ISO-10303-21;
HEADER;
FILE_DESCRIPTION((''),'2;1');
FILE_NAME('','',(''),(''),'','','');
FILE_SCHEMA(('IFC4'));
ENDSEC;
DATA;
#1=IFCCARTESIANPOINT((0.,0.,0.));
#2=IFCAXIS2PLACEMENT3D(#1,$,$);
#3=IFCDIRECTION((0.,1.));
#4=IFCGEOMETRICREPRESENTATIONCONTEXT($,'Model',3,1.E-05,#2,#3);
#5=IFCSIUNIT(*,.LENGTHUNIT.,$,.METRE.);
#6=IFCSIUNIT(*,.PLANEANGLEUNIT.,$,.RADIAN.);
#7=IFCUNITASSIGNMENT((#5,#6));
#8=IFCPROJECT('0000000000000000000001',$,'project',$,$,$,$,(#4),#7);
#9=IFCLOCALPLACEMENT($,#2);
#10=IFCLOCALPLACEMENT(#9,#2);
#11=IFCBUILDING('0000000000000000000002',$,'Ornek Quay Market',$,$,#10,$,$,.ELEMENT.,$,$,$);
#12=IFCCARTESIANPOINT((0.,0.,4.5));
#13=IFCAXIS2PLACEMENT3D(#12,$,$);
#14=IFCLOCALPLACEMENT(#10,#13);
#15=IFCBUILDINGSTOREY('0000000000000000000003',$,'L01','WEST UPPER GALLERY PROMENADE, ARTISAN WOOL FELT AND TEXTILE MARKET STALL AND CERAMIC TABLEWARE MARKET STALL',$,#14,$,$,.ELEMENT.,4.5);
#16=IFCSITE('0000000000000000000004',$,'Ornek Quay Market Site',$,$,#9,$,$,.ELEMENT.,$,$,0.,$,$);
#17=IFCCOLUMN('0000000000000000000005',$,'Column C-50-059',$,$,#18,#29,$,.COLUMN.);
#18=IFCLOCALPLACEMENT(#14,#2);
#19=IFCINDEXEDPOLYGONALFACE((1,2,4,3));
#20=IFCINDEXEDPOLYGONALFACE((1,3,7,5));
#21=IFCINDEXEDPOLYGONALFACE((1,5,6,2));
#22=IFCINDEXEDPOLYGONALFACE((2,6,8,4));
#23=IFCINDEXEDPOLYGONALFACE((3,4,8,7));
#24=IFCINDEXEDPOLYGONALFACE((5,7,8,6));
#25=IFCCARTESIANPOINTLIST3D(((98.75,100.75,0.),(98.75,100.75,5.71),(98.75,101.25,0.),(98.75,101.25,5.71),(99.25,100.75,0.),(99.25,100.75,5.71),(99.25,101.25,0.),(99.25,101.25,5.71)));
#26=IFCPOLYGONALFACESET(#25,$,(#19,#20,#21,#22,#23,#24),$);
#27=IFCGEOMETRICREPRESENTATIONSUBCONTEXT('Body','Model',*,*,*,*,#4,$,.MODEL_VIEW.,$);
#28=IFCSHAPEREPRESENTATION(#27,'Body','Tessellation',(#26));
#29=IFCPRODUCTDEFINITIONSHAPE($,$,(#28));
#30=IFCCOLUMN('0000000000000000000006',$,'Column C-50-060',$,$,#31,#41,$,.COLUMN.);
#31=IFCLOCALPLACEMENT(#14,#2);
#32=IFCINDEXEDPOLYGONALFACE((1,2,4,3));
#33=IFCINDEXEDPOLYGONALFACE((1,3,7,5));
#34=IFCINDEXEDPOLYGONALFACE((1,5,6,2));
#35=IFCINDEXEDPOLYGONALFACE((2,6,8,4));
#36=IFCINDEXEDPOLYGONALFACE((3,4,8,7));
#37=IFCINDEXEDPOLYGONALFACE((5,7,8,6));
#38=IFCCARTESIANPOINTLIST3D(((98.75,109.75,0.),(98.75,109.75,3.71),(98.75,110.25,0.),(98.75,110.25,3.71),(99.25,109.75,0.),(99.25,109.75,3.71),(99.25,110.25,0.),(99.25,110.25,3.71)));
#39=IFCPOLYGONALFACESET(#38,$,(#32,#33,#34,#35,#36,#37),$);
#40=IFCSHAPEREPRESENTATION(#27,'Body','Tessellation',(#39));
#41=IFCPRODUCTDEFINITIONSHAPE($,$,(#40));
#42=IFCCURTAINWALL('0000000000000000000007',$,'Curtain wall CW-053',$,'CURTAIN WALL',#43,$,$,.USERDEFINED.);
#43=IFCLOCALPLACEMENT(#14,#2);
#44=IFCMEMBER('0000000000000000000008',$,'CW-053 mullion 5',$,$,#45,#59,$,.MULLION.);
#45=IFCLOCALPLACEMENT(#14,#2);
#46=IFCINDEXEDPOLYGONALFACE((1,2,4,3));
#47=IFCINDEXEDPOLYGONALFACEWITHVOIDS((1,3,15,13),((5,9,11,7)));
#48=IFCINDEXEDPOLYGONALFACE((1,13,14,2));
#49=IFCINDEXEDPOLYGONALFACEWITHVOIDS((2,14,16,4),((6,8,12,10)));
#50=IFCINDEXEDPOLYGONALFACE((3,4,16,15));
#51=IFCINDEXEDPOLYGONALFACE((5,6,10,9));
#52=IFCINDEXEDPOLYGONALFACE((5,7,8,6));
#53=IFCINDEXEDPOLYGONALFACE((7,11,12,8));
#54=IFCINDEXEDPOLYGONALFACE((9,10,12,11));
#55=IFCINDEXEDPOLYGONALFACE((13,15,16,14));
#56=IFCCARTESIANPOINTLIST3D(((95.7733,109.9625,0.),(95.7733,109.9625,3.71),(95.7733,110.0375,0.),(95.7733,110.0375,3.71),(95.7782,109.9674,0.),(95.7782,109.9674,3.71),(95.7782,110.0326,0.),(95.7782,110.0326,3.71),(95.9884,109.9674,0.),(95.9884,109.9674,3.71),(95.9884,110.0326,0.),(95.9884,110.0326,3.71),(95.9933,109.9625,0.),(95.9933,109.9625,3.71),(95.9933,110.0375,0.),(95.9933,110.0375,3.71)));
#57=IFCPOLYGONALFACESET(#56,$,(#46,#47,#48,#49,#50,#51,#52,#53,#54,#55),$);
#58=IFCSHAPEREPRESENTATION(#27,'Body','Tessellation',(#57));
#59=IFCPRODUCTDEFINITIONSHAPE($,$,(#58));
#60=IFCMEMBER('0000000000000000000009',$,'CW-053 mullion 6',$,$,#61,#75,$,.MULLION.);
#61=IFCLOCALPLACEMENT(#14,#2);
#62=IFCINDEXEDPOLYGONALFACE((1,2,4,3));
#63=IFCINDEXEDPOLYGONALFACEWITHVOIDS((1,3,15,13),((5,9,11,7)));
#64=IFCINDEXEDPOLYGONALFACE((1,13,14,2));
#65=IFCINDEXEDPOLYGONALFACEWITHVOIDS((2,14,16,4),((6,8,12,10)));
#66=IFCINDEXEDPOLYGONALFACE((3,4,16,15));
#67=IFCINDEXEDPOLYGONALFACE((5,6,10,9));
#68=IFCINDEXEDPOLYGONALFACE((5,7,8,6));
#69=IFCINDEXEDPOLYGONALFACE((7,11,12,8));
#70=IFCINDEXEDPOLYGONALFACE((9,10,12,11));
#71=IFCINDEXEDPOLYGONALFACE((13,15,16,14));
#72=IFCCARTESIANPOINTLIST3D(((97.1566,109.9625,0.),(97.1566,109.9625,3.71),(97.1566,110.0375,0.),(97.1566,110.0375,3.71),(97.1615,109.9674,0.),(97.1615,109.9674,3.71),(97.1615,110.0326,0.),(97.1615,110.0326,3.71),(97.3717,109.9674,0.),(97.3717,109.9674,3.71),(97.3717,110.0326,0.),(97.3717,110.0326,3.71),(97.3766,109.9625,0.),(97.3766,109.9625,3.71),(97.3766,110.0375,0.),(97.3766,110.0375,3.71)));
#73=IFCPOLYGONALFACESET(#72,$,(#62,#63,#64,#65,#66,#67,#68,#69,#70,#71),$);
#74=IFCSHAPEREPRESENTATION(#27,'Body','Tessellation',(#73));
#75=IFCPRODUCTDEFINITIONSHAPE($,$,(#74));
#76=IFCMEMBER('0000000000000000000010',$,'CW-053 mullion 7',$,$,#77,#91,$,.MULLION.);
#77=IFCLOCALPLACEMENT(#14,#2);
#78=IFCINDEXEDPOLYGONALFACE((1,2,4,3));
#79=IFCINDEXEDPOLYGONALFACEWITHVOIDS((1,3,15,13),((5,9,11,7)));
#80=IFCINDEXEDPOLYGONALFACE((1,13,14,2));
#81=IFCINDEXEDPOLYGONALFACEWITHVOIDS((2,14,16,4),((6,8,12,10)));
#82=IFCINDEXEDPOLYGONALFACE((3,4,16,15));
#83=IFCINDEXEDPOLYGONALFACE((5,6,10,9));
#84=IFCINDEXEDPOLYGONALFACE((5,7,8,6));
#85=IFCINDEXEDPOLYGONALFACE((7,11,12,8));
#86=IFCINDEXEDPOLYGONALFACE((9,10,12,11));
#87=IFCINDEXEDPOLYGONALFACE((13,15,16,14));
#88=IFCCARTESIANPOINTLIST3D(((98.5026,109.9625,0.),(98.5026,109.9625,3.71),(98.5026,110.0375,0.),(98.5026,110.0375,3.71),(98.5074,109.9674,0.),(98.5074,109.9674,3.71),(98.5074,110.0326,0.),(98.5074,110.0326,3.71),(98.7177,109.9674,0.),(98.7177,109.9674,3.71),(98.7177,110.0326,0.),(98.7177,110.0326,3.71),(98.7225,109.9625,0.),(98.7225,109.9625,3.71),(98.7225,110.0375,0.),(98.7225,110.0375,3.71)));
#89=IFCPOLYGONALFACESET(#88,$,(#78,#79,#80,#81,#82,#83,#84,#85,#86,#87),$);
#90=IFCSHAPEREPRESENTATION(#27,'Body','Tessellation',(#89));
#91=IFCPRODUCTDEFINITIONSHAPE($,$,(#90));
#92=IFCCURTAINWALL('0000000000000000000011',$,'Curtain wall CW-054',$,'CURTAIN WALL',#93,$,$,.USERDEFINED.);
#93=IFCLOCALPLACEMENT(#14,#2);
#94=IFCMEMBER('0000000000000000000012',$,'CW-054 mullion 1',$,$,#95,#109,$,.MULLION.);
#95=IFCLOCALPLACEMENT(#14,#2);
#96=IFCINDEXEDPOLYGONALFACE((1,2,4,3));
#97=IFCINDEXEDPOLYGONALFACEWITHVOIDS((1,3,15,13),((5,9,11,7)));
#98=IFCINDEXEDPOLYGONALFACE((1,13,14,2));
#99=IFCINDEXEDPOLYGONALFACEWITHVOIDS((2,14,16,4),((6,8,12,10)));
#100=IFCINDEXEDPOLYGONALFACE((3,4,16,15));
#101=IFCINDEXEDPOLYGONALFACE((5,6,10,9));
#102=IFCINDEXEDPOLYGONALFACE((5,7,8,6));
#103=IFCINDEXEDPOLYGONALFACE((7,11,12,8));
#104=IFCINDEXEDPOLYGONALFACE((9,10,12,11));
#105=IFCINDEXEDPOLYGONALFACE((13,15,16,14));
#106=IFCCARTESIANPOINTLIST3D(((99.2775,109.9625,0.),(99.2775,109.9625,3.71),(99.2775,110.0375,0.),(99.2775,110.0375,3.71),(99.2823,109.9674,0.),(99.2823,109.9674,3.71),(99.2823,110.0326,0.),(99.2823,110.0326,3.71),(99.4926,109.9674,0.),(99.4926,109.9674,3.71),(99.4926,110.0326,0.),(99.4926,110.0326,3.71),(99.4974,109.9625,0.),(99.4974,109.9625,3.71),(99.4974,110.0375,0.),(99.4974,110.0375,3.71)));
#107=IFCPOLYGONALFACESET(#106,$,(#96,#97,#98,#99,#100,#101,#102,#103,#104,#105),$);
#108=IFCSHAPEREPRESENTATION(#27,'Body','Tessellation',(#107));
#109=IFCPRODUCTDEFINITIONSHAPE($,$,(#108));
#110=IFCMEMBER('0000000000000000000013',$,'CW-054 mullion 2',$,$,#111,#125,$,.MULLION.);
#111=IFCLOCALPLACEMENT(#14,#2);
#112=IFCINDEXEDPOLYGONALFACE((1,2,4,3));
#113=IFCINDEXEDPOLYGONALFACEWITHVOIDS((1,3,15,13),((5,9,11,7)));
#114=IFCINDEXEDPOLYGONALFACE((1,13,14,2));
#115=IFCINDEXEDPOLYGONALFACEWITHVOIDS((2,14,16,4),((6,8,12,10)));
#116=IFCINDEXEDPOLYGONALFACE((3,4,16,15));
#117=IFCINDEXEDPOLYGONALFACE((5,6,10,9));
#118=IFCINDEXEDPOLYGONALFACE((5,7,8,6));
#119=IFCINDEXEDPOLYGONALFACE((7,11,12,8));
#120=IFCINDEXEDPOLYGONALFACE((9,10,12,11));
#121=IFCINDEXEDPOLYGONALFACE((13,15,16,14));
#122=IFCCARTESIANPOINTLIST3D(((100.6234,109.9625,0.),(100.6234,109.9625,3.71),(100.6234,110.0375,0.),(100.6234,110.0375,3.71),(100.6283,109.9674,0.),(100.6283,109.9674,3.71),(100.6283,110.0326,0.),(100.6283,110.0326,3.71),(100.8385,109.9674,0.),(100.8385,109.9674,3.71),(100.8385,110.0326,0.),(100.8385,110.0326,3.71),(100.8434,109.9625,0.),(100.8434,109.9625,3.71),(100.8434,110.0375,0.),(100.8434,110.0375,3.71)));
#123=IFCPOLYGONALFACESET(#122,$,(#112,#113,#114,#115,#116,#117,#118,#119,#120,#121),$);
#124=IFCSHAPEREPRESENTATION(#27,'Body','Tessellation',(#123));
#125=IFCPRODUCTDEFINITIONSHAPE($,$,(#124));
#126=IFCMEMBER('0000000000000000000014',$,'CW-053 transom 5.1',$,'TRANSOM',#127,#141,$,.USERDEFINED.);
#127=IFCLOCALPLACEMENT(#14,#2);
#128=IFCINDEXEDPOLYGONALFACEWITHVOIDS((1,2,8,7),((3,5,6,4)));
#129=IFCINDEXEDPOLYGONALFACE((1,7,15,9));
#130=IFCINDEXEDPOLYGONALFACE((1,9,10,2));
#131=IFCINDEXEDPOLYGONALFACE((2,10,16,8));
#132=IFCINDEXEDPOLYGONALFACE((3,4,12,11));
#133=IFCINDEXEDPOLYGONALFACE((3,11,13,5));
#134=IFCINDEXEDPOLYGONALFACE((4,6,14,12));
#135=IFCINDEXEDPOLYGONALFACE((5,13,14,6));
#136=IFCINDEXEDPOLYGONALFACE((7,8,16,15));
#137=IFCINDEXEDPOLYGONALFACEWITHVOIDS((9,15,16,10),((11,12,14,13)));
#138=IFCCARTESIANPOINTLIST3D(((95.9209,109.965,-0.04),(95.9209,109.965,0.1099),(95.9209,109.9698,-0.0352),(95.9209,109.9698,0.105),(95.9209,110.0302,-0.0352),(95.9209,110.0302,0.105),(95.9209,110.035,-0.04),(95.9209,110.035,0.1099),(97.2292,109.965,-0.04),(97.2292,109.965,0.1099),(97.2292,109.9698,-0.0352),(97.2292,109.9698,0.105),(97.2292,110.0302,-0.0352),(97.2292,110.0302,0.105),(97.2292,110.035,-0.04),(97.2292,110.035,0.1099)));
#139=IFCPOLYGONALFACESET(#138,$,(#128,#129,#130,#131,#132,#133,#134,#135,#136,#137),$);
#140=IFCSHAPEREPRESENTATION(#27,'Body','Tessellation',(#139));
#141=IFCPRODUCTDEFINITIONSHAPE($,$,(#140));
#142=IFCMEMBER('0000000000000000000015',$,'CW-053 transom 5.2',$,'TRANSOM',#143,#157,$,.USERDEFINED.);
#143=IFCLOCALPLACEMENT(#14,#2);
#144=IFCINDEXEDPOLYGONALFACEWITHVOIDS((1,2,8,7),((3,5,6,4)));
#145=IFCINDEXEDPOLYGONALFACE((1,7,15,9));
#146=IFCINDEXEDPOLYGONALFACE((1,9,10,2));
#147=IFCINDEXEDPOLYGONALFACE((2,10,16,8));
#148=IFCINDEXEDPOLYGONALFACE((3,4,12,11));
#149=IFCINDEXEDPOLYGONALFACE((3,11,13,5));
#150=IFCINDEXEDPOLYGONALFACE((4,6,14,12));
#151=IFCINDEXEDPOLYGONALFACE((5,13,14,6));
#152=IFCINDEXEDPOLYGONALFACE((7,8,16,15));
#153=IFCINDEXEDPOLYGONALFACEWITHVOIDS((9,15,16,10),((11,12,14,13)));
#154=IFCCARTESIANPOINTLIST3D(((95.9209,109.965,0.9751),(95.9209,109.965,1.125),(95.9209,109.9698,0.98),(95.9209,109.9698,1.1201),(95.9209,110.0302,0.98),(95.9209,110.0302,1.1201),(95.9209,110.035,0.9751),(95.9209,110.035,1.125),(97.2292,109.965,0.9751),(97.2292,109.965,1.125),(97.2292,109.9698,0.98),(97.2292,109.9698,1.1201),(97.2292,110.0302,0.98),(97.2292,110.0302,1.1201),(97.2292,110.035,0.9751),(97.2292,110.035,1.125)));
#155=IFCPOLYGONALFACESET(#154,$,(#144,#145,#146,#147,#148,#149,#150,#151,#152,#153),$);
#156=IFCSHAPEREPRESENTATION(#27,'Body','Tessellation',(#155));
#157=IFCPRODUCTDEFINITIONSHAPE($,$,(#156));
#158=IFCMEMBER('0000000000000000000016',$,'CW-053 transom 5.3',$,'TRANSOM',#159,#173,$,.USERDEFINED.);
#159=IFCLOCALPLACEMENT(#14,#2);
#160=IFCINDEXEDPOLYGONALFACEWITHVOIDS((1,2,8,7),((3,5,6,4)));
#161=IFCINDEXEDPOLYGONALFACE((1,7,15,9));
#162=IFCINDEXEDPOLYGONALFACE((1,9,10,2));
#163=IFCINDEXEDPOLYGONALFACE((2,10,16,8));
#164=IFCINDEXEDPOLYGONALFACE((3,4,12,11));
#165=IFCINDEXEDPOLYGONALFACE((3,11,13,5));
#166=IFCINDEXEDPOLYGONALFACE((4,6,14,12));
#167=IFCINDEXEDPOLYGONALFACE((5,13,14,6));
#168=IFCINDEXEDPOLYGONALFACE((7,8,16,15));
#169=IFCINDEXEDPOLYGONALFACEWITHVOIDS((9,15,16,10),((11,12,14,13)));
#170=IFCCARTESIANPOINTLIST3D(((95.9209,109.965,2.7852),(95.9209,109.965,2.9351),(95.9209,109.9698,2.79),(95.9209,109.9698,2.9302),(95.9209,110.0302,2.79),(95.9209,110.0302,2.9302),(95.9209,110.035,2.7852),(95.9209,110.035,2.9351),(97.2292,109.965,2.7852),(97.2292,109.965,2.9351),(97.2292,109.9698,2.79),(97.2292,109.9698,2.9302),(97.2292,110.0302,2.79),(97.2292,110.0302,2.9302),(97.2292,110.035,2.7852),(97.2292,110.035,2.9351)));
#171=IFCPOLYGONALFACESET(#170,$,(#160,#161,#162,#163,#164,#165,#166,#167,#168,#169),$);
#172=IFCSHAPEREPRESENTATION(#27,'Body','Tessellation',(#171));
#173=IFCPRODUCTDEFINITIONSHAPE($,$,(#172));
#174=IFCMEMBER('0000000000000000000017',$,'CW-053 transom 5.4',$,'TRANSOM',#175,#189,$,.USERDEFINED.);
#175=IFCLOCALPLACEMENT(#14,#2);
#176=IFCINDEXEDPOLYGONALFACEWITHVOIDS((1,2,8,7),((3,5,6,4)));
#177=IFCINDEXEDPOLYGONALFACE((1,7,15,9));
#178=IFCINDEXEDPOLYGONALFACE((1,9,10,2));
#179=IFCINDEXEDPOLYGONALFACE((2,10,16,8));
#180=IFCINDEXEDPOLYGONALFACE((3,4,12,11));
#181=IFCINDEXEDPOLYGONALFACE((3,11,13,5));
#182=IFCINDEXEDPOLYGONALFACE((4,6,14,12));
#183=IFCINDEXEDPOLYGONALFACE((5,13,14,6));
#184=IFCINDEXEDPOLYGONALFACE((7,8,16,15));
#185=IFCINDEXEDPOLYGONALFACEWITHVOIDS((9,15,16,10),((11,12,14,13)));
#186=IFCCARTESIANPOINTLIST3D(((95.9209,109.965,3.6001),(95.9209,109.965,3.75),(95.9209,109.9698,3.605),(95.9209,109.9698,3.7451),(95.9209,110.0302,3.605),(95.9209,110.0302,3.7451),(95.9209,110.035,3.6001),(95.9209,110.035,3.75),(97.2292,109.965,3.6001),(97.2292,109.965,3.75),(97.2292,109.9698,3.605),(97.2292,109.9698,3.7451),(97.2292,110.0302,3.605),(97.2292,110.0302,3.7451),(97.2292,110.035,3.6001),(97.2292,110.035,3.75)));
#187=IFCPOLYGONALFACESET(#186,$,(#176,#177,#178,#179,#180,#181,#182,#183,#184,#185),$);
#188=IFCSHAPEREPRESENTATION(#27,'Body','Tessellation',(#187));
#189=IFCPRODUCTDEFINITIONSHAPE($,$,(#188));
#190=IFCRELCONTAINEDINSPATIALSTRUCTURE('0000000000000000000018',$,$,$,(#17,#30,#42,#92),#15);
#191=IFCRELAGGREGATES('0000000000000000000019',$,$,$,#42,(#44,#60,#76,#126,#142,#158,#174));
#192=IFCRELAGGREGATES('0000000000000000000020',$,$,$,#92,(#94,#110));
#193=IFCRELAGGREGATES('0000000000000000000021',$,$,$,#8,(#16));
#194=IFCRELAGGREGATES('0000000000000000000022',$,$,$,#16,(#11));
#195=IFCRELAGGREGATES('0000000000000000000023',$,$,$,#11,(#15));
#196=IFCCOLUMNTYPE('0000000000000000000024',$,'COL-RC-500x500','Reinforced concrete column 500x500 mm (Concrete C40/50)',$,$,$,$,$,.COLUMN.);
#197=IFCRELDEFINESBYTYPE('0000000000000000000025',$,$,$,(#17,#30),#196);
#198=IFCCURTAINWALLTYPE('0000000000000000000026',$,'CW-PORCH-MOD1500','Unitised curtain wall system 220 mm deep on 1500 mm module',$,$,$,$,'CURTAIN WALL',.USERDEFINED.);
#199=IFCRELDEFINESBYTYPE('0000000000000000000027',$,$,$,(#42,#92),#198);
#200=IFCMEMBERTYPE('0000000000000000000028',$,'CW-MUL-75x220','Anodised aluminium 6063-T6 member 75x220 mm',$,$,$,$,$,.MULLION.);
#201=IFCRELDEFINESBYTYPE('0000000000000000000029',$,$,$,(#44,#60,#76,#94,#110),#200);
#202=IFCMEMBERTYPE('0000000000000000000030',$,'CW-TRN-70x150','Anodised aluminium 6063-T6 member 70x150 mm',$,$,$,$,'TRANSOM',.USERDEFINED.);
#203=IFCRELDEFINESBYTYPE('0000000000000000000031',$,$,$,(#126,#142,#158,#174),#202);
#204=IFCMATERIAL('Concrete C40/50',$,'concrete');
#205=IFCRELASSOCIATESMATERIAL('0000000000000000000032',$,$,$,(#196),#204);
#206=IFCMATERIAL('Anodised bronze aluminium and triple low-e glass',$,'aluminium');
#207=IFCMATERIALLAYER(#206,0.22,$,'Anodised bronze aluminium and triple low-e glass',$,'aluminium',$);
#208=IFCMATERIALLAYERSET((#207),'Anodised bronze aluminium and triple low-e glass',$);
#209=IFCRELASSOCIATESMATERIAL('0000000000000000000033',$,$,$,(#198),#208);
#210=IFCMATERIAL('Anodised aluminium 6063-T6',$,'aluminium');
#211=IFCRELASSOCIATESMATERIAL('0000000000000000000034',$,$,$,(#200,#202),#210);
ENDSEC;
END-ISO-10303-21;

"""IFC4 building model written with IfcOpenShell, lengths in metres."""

from ifc_helpers import new_model, si_unit, direction, frame, origin, origin_2d, place, context, subcontext, project, spatial, rectangle, hollow_rectangle, extrude, material, layer, layer_set, material_profile, profile_set, type_object, element, aggregate, save


model = new_model("IFC4")

# Units and contexts
model_context = context("Model", 3, precision=1e-05, world=origin(), true_north=direction((0.0, 1.0)))
body_context = subcontext(model_context, "Body", "Model", "MODEL_VIEW")
ifc_project = project(units=[si_unit("LENGTHUNIT", "METRE"), si_unit("PLANEANGLEUNIT", "RADIAN")], contexts=[model_context])

# Site, building, storey
site_placement = place(None, origin())
site = spatial("IfcSite", under=ifc_project, at=site_placement, Name="Ornek Quay Market Site", CompositionType="ELEMENT", RefElevation=0.0)
building_placement = place(site_placement, origin())
building = spatial("IfcBuilding", under=site, at=building_placement, Name="Ornek Quay Market", CompositionType="ELEMENT")
storey_placement = place(building_placement, frame((0.0, 0.0, 4.5)))
storey = spatial("IfcBuildingStorey", under=building, at=storey_placement, Name="L01", Description="WEST UPPER GALLERY PROMENADE, ARTISAN WOOL FELT AND TEXTILE MARKET STALL AND CERAMIC TABLEWARE MARKET STALL", CompositionType="ELEMENT", Elevation=4.5)

# Columns
ifc_material_1 = material(Name="Concrete C40/50", Category="concrete")
ifc_material_profile_1 = material_profile(ifc_material_1, rectangle(XDim=0.5, YDim=0.5, at=origin_2d()), Name="RC 500x500", Category="concrete")
ifc_profile_set_1 = profile_set([ifc_material_profile_1], Name="Concrete C40/50")
column_type = type_object("IfcColumnType", Name="COL-RC-500x500", Description="Reinforced concrete column 500x500 mm (Concrete C40/50)", PredefinedType="COLUMN", material=ifc_profile_set_1)
column_1_placement = place(storey_placement, frame((99.0, 101.0, 0.0), z_axis=(0.0, 0.0, 1.0), x_axis=(1.0, 0.0, 0.0)))
element("IfcColumn", 1, at=column_1_placement, inside=storey, type_object=column_type, Name="Column C-50-059", PredefinedType="COLUMN", context=body_context, shape_type="SweptSolid", body=[
    extrude(rectangle(XDim=0.5, YDim=0.5, at=origin_2d()), origin(), (0.0, 0.0, 1.0), 5.71),
])
column_2_placement = place(storey_placement, frame((99.0, 110.0, 0.0), z_axis=(0.0, 0.0, 1.0), x_axis=(1.0, 0.0, 0.0)))
element("IfcColumn", 2, at=column_2_placement, inside=storey, type_object=column_type, Name="Column C-50-060", PredefinedType="COLUMN", context=body_context, shape_type="SweptSolid", body=[
    extrude(rectangle(XDim=0.5, YDim=0.5, at=origin_2d()), origin(), (0.0, 0.0, 1.0), 3.71),
])

# Curtain walls, members
ifc_material_2 = material(Name="Anodised bronze aluminium and triple low-e glass", Category="aluminium")
ifc_layer_1 = layer(ifc_material_2, 0.22, Name="Anodised bronze aluminium and triple low-e glass", Category="aluminium")
ifc_layer_set_1 = layer_set([ifc_layer_1], Name="Anodised bronze aluminium and triple low-e glass")
curtain_wall_type = type_object("IfcCurtainWallType", Name="CW-PORCH-MOD1500", Description="Unitised curtain wall system 220 mm deep on 1500 mm module", ElementType="CURTAIN WALL", PredefinedType="USERDEFINED", material=ifc_layer_set_1)
curtain_wall_1_placement = place(storey_placement, origin())
curtain_wall_1 = element("IfcCurtainWall", 3, at=curtain_wall_1_placement, inside=storey, type_object=curtain_wall_type, Name="Curtain wall CW-053", ObjectType="CURTAIN WALL", PredefinedType="USERDEFINED")
ifc_material_3 = material(Name="Anodised aluminium 6063-T6", Category="aluminium")
ifc_material_profile_2 = material_profile(ifc_material_3, hollow_rectangle(XDim=0.075, YDim=0.22, WallThickness=0.0049, at=origin_2d()), Name="CW-MUL-75x220", Category="aluminium")
ifc_profile_set_2 = profile_set([ifc_material_profile_2], Name="Anodised aluminium 6063-T6")
member_type_1 = type_object("IfcMemberType", Name="CW-MUL-75x220", Description="Anodised aluminium 6063-T6 member 75x220 mm", PredefinedType="MULLION", material=ifc_profile_set_2)
member_1_placement = place(storey_placement, frame((95.8833, 110.0, 0.0), z_axis=(0.0, 0.0, 1.0), x_axis=(0.0, 1.0, 0.0)))
member_1 = element("IfcMember", 4, at=member_1_placement, type_object=member_type_1, Name="CW-053 mullion 5", PredefinedType="MULLION", context=body_context, shape_type="SweptSolid", body=[
    extrude(hollow_rectangle(XDim=0.075, YDim=0.22, WallThickness=0.0049, at=origin_2d()), origin(), (0.0, 0.0, 1.0), 3.71),
])
member_2_placement = place(storey_placement, frame((97.2666, 110.0, 0.0), z_axis=(0.0, 0.0, 1.0), x_axis=(0.0, 1.0, 0.0)))
member_2 = element("IfcMember", 5, at=member_2_placement, type_object=member_type_1, Name="CW-053 mullion 6", PredefinedType="MULLION", context=body_context, shape_type="SweptSolid", body=[
    extrude(hollow_rectangle(XDim=0.075, YDim=0.22, WallThickness=0.0049, at=origin_2d()), origin(), (0.0, 0.0, 1.0), 3.71),
])
member_3_placement = place(storey_placement, frame((98.6125, 110.0, 0.0), z_axis=(0.0, 0.0, 1.0), x_axis=(0.0, 1.0, 0.0)))
member_3 = element("IfcMember", 6, at=member_3_placement, type_object=member_type_1, Name="CW-053 mullion 7", PredefinedType="MULLION", context=body_context, shape_type="SweptSolid", body=[
    extrude(hollow_rectangle(XDim=0.075, YDim=0.22, WallThickness=0.0049, at=origin_2d()), origin(), (0.0, 0.0, 1.0), 3.71),
])
curtain_wall_2_placement = place(storey_placement, origin())
curtain_wall_2 = element("IfcCurtainWall", 7, at=curtain_wall_2_placement, inside=storey, type_object=curtain_wall_type, Name="Curtain wall CW-054", ObjectType="CURTAIN WALL", PredefinedType="USERDEFINED")
member_4_placement = place(storey_placement, frame((99.3875, 110.0, 0.0), z_axis=(0.0, 0.0, 1.0), x_axis=(0.0, 1.0, 0.0)))
member_4 = element("IfcMember", 8, at=member_4_placement, type_object=member_type_1, Name="CW-054 mullion 1", PredefinedType="MULLION", context=body_context, shape_type="SweptSolid", body=[
    extrude(hollow_rectangle(XDim=0.075, YDim=0.22, WallThickness=0.0049, at=origin_2d()), origin(), (0.0, 0.0, 1.0), 3.71),
])
member_5_placement = place(storey_placement, frame((100.7334, 110.0, 0.0), z_axis=(0.0, 0.0, 1.0), x_axis=(0.0, 1.0, 0.0)))
member_5 = element("IfcMember", 9, at=member_5_placement, type_object=member_type_1, Name="CW-054 mullion 2", PredefinedType="MULLION", context=body_context, shape_type="SweptSolid", body=[
    extrude(hollow_rectangle(XDim=0.075, YDim=0.22, WallThickness=0.0049, at=origin_2d()), origin(), (0.0, 0.0, 1.0), 3.71),
])

# Members
ifc_material_profile_3 = material_profile(ifc_material_3, hollow_rectangle(XDim=0.0701, YDim=0.1499, WallThickness=0.0049, at=origin_2d()), Name="CW-TRN-70x150", Category="aluminium")
ifc_profile_set_3 = profile_set([ifc_material_profile_3], Name="Anodised aluminium 6063-T6")
member_type_2 = type_object("IfcMemberType", Name="CW-TRN-70x150", Description="Anodised aluminium 6063-T6 member 70x150 mm", ElementType="TRANSOM", PredefinedType="USERDEFINED", material=ifc_profile_set_3)
member_6_placement = place(storey_placement, frame((95.9209, 110.0, 0.0349), z_axis=(1.0, 0.0, 0.0), x_axis=(0.0, 1.0, 0.0)))
member_6 = element("IfcMember", 10, at=member_6_placement, type_object=member_type_2, Name="CW-053 transom 5.1", ObjectType="TRANSOM", PredefinedType="USERDEFINED", context=body_context, shape_type="SweptSolid", body=[
    extrude(hollow_rectangle(XDim=0.0701, YDim=0.1499, WallThickness=0.0049, at=origin_2d()), origin(), (0.0, 0.0, 1.0), 1.3083),
])
member_7_placement = place(storey_placement, frame((95.9209, 110.0, 1.05), z_axis=(1.0, 0.0, 0.0), x_axis=(0.0, 1.0, 0.0)))
member_7 = element("IfcMember", 11, at=member_7_placement, type_object=member_type_2, Name="CW-053 transom 5.2", ObjectType="TRANSOM", PredefinedType="USERDEFINED", context=body_context, shape_type="SweptSolid", body=[
    extrude(hollow_rectangle(XDim=0.0701, YDim=0.1499, WallThickness=0.0049, at=origin_2d()), origin(), (0.0, 0.0, 1.0), 1.3083),
])
member_8_placement = place(storey_placement, frame((95.9209, 110.0, 2.8601), z_axis=(1.0, 0.0, 0.0), x_axis=(0.0, 1.0, 0.0)))
member_8 = element("IfcMember", 12, at=member_8_placement, type_object=member_type_2, Name="CW-053 transom 5.3", ObjectType="TRANSOM", PredefinedType="USERDEFINED", context=body_context, shape_type="SweptSolid", body=[
    extrude(hollow_rectangle(XDim=0.0701, YDim=0.1499, WallThickness=0.0049, at=origin_2d()), origin(), (0.0, 0.0, 1.0), 1.3083),
])
member_9_placement = place(storey_placement, frame((95.9209, 110.0, 3.675), z_axis=(1.0, 0.0, 0.0), x_axis=(0.0, 1.0, 0.0)))
member_9 = element("IfcMember", 13, at=member_9_placement, type_object=member_type_2, Name="CW-053 transom 5.4", ObjectType="TRANSOM", PredefinedType="USERDEFINED", context=body_context, shape_type="SweptSolid", body=[
    extrude(hollow_rectangle(XDim=0.0701, YDim=0.1499, WallThickness=0.0049, at=origin_2d()), origin(), (0.0, 0.0, 1.0), 1.3083),
])

aggregate(curtain_wall_1, [member_1, member_2, member_3, member_6, member_7, member_8, member_9])
aggregate(curtain_wall_2, [member_4, member_5])

save(model, "model.ifc")
